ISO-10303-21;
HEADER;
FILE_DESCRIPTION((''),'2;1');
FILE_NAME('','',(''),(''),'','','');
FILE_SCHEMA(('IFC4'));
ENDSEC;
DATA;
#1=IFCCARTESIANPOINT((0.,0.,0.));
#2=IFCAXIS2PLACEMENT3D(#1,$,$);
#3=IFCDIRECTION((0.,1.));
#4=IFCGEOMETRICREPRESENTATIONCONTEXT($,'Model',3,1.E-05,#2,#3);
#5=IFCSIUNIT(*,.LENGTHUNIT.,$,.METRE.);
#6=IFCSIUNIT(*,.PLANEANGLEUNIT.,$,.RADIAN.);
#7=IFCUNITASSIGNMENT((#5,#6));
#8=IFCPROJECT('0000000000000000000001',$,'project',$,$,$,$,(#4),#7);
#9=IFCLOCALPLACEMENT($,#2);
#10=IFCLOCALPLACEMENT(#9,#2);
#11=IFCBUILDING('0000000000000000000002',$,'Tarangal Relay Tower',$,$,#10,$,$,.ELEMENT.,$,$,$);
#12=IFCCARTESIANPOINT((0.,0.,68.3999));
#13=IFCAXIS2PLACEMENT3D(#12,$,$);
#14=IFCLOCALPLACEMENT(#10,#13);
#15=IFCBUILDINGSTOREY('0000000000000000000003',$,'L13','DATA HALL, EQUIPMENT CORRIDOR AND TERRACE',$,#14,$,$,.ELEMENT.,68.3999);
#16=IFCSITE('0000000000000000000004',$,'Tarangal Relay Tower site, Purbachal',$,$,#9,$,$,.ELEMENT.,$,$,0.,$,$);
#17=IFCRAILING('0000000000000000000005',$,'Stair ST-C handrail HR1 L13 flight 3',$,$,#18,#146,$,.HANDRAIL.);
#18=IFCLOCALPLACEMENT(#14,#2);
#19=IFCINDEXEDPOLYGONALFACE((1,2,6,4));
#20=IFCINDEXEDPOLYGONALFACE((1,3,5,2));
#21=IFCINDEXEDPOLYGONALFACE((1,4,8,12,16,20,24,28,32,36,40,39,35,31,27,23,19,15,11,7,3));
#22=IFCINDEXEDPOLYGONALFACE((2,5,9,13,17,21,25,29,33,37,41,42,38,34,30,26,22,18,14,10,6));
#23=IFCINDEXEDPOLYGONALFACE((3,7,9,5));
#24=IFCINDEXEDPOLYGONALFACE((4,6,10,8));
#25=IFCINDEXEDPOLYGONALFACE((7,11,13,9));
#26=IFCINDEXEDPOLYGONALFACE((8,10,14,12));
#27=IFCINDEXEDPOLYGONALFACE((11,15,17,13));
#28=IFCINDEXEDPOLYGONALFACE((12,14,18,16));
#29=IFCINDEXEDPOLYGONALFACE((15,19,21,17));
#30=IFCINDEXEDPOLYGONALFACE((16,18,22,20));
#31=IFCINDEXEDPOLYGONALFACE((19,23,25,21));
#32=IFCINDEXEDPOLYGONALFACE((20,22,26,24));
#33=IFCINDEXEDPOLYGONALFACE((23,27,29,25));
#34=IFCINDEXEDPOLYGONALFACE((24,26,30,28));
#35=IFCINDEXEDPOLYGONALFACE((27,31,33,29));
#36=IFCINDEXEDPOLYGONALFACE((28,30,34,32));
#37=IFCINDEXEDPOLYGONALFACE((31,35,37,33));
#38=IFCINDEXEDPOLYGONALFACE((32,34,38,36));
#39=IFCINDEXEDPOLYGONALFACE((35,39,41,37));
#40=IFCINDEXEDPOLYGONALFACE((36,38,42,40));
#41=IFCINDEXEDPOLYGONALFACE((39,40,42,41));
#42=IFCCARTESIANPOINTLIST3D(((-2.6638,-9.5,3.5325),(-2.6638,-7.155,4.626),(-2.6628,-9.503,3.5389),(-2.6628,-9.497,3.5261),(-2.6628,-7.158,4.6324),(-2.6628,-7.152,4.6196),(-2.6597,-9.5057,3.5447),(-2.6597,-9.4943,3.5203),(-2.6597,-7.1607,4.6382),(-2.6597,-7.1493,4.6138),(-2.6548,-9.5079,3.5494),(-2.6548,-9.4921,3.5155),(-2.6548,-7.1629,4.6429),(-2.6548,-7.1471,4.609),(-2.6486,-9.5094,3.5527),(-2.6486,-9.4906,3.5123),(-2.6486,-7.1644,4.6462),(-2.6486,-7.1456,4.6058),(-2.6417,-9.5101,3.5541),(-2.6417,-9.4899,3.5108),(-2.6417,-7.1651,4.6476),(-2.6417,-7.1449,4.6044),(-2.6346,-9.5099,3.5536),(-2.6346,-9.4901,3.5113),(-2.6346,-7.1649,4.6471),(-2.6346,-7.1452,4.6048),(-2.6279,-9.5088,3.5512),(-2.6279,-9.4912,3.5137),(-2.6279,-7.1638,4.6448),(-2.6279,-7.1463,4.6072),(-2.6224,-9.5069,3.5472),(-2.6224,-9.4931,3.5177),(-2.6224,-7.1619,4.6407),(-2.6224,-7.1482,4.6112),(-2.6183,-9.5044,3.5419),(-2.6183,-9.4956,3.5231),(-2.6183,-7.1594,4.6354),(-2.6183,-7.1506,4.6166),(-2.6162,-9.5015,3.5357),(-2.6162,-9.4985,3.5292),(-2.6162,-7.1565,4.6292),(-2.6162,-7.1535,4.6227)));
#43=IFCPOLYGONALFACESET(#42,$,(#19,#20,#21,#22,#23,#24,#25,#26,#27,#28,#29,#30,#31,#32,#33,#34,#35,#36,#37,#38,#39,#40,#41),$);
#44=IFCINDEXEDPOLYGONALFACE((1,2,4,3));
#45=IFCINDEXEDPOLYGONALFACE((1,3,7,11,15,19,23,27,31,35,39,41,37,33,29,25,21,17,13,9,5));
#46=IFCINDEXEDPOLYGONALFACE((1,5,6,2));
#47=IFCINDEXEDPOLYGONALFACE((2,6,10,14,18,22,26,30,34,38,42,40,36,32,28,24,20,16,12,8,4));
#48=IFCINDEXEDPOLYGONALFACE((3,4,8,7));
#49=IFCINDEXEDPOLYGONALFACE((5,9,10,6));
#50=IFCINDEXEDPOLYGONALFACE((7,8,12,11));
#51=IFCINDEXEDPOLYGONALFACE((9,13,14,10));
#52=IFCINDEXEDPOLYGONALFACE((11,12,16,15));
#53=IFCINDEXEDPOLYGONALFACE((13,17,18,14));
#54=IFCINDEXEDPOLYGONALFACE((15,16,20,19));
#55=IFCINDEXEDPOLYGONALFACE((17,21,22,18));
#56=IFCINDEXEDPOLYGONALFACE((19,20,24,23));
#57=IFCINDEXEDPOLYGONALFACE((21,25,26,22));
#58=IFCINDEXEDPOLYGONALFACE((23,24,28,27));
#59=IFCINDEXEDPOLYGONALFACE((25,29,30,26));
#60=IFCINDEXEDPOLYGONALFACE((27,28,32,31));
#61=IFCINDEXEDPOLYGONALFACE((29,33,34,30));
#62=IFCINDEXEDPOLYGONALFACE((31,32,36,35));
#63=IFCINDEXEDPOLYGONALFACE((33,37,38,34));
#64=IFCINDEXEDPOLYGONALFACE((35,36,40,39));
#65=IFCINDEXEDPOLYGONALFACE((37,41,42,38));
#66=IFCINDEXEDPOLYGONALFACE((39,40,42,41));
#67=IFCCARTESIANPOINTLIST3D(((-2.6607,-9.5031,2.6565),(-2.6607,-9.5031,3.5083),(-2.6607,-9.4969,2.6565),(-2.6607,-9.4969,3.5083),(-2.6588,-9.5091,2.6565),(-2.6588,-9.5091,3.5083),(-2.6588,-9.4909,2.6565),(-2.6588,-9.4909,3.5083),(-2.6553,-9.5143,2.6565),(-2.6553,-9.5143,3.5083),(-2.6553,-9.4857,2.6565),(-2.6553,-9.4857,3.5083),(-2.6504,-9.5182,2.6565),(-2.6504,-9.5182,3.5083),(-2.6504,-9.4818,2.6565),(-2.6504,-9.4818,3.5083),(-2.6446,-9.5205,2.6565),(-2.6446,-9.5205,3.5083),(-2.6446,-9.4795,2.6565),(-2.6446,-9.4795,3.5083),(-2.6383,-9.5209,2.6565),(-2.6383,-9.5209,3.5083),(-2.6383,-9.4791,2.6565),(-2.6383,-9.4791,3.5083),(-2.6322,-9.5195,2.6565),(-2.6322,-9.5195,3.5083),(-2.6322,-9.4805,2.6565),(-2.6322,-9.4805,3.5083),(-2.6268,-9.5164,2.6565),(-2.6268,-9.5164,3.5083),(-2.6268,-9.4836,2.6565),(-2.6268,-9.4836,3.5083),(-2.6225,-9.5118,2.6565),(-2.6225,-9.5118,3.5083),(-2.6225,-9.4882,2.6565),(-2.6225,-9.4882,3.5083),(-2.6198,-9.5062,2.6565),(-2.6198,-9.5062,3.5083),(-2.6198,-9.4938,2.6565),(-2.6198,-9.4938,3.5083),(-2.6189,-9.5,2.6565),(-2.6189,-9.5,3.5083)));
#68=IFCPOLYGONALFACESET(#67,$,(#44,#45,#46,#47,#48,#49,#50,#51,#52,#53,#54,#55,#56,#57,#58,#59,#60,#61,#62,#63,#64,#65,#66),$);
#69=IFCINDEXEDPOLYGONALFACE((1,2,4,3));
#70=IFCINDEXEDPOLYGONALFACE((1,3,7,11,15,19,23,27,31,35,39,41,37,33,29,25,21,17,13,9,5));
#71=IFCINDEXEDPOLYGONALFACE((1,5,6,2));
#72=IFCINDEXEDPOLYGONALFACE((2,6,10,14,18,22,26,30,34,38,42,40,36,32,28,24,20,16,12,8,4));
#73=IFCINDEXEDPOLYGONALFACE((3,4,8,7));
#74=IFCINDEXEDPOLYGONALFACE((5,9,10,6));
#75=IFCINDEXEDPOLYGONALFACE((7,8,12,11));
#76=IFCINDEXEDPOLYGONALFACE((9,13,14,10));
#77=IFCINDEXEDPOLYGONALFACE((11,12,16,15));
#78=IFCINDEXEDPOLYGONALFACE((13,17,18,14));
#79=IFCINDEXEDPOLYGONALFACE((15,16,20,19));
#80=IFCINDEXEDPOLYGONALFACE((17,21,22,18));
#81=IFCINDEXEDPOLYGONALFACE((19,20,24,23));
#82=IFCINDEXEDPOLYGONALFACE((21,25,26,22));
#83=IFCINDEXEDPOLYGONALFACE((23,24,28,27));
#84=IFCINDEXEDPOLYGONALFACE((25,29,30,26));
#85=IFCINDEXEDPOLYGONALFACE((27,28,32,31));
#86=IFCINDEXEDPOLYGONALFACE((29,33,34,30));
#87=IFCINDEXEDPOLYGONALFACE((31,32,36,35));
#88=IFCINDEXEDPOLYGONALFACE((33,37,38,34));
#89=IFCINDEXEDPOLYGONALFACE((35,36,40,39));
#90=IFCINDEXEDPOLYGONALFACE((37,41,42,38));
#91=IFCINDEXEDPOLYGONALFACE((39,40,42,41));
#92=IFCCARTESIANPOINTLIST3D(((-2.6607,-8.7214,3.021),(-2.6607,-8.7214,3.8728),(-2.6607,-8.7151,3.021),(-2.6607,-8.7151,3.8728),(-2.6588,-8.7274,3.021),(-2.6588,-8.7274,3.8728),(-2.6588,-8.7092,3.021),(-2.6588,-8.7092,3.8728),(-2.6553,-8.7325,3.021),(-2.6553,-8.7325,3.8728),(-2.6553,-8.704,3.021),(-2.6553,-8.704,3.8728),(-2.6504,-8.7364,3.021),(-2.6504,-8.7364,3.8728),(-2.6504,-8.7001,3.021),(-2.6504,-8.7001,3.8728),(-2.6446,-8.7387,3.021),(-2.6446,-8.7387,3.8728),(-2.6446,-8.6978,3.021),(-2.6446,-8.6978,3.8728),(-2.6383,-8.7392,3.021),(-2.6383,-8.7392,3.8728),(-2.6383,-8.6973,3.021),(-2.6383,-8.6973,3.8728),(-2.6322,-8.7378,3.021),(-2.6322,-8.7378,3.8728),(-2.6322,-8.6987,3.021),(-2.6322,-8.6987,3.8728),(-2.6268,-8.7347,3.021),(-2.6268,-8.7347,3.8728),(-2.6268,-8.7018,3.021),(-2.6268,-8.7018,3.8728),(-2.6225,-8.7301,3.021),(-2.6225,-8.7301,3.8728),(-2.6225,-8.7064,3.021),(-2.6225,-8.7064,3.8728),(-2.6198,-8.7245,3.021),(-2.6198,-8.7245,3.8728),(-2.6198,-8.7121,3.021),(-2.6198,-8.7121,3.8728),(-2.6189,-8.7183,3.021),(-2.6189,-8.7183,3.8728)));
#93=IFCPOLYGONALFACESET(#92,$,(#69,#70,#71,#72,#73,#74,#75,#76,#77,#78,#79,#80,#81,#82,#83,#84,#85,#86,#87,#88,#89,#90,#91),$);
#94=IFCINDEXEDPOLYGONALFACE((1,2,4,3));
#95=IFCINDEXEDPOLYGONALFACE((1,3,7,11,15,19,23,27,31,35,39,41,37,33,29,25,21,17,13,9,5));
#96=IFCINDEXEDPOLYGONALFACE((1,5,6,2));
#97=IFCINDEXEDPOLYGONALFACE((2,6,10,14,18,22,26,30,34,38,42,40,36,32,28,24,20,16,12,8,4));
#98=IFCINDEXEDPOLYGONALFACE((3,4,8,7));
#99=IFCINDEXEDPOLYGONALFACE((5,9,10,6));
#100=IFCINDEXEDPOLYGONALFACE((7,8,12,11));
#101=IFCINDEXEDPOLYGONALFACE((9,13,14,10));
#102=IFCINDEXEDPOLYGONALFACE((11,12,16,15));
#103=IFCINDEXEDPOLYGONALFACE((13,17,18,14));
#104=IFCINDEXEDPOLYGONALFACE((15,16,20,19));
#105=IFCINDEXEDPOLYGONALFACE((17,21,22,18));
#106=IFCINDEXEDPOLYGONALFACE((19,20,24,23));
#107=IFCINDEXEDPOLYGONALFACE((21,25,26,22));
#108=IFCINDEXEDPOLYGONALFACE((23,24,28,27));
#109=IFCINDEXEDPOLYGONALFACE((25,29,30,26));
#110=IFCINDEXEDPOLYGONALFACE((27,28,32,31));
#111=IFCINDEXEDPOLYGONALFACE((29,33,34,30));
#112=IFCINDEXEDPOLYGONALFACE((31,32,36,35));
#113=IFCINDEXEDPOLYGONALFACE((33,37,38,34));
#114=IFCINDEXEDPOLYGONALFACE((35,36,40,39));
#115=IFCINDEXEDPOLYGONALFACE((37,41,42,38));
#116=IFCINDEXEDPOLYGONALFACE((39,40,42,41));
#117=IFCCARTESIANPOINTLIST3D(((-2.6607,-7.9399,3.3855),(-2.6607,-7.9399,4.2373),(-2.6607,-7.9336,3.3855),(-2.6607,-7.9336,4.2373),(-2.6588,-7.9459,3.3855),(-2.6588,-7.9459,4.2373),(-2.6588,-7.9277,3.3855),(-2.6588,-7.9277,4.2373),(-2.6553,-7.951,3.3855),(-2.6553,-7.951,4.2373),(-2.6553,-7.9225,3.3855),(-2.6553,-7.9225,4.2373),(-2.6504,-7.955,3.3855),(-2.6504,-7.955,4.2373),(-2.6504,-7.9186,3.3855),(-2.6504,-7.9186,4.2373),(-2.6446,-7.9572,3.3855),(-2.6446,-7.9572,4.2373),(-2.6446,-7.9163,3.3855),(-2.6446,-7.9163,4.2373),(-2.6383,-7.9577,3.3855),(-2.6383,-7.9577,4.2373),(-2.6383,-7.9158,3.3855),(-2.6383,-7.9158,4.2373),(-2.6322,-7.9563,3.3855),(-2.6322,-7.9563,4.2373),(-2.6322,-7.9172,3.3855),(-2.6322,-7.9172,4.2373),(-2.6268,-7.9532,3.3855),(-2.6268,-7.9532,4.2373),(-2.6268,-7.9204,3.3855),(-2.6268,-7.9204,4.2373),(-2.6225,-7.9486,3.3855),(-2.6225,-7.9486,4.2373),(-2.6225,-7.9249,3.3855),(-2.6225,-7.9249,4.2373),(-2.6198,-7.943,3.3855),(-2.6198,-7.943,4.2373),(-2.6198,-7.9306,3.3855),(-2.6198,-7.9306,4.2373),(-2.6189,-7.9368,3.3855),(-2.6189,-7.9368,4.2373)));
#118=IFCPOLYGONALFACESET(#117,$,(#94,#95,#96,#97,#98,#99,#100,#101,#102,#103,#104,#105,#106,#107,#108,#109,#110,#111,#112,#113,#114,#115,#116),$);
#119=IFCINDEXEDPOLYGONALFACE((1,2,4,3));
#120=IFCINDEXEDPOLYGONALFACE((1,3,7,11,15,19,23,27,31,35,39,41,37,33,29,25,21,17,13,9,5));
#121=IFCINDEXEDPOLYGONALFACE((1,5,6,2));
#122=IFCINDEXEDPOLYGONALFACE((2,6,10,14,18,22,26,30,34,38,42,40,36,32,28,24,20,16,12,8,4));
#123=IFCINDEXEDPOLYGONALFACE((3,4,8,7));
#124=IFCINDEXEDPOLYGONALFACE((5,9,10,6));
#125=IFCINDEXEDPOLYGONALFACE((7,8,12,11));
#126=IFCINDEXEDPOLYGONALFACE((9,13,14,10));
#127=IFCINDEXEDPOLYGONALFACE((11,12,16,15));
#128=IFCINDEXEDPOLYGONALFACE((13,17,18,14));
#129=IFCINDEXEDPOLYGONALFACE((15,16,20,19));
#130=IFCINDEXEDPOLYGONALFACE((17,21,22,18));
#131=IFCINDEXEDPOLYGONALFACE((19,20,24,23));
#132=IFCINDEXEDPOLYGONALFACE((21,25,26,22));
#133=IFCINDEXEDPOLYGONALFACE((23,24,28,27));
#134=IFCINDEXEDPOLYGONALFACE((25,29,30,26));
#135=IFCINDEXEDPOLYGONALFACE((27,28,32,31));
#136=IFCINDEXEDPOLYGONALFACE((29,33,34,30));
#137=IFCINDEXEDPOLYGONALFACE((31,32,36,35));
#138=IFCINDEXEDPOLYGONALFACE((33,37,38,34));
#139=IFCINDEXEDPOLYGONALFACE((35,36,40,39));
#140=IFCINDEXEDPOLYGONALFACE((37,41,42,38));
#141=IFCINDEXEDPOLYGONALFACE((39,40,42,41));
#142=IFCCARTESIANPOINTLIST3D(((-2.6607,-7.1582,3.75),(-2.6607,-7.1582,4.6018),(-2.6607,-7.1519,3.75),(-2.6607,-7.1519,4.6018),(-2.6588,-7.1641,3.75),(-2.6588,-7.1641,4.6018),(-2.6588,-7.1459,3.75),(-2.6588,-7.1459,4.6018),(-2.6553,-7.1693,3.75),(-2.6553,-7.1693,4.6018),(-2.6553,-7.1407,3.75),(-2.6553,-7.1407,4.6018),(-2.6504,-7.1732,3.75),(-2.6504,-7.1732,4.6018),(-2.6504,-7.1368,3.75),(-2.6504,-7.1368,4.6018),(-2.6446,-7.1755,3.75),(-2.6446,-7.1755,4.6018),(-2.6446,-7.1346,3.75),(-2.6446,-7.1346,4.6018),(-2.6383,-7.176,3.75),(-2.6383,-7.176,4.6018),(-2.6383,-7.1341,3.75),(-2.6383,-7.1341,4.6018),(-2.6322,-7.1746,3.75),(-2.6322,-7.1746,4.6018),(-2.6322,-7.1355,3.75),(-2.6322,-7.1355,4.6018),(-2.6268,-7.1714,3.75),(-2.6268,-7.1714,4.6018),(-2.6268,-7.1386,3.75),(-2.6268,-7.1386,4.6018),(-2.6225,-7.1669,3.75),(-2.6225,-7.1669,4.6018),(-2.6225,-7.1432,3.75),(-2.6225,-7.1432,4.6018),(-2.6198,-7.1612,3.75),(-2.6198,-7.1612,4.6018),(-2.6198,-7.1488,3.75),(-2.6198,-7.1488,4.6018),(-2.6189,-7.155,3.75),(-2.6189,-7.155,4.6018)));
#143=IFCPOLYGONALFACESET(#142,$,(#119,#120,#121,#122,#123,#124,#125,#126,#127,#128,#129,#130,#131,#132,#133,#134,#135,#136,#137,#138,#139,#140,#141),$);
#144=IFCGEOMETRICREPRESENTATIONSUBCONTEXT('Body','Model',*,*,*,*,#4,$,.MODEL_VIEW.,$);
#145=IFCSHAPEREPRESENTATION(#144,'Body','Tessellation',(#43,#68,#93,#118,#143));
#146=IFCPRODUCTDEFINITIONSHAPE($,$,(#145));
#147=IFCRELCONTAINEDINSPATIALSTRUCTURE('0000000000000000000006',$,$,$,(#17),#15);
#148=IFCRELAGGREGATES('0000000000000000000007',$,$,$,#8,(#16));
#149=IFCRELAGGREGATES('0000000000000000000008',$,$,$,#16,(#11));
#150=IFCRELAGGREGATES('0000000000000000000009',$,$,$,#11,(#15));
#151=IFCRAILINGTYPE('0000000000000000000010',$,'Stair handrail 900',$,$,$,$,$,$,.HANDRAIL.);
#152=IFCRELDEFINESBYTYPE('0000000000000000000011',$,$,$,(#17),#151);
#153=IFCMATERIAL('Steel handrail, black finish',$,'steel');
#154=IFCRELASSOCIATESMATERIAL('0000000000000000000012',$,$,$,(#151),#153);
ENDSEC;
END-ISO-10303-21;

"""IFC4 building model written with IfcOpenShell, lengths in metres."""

from ifc_helpers import new_model, si_unit, direction, frame, origin, origin_2d, place, context, subcontext, project, spatial, circle, extrude, material, type_object, element, save


model = new_model("IFC4")

# Units and contexts
model_context = context("Model", 3, precision=1e-05, world=origin(), true_north=direction((0.0, 1.0)))
body_context = subcontext(model_context, "Body", "Model", "MODEL_VIEW")
ifc_project = project(units=[si_unit("LENGTHUNIT", "METRE"), si_unit("PLANEANGLEUNIT", "RADIAN")], contexts=[model_context])

# Site, building, storey
site_placement = place(None, origin())
site = spatial("IfcSite", under=ifc_project, at=site_placement, Name="Tarangal Relay Tower site, Purbachal", CompositionType="ELEMENT", RefElevation=0.0)
building_placement = place(site_placement, origin())
building = spatial("IfcBuilding", under=site, at=building_placement, Name="Tarangal Relay Tower", CompositionType="ELEMENT")
storey_placement = place(building_placement, frame((0.0, 0.0, 68.3999)))
storey = spatial("IfcBuildingStorey", under=building, at=storey_placement, Name="L13", Description="DATA HALL, EQUIPMENT CORRIDOR AND TERRACE", CompositionType="ELEMENT", Elevation=68.3999)

# Railing
ifc_material_1 = material(Name="Steel handrail, black finish", Category="steel")
railing_type_1 = type_object("IfcRailingType", Name="Stair handrail 900", PredefinedType="HANDRAIL", material=ifc_material_1)
for number, where, name in (
    (1, (-2.6399, -9.5, 2.6565), "Stair ST-C handrail HR1 L13 flight 3"),
):
    element("IfcRailing", number, at=place(storey_placement, frame(where)), inside=storey, type_object=railing_type_1, Name=name, PredefinedType="HANDRAIL", context=body_context, shape_type="SweptSolid", body=[
        extrude(circle(Radius=0.0239, at=origin_2d()), frame((0.0, 0.0, 0.876), z_axis=(0.0, 0.906304, 0.422627), x_axis=(-1.0, 0.0, 0.0)), (0.0, 0.0, 1.0), 2.5874),
        extrude(circle(Radius=0.021, at=origin_2d()), origin(), (0.0, 0.0, 1.0), 0.8518),
        extrude(circle(Radius=0.021, at=origin_2d()), frame((0.0, 0.7817, 0.3645)), (0.0, 0.0, 1.0), 0.8518),
        extrude(circle(Radius=0.021, at=origin_2d()), frame((0.0, 1.5632, 0.729)), (0.0, 0.0, 1.0), 0.8518),
        extrude(circle(Radius=0.021, at=origin_2d()), frame((0.0, 2.345, 1.0935)), (0.0, 0.0, 1.0), 0.8518),
    ])

save(model, "model.ifc")
